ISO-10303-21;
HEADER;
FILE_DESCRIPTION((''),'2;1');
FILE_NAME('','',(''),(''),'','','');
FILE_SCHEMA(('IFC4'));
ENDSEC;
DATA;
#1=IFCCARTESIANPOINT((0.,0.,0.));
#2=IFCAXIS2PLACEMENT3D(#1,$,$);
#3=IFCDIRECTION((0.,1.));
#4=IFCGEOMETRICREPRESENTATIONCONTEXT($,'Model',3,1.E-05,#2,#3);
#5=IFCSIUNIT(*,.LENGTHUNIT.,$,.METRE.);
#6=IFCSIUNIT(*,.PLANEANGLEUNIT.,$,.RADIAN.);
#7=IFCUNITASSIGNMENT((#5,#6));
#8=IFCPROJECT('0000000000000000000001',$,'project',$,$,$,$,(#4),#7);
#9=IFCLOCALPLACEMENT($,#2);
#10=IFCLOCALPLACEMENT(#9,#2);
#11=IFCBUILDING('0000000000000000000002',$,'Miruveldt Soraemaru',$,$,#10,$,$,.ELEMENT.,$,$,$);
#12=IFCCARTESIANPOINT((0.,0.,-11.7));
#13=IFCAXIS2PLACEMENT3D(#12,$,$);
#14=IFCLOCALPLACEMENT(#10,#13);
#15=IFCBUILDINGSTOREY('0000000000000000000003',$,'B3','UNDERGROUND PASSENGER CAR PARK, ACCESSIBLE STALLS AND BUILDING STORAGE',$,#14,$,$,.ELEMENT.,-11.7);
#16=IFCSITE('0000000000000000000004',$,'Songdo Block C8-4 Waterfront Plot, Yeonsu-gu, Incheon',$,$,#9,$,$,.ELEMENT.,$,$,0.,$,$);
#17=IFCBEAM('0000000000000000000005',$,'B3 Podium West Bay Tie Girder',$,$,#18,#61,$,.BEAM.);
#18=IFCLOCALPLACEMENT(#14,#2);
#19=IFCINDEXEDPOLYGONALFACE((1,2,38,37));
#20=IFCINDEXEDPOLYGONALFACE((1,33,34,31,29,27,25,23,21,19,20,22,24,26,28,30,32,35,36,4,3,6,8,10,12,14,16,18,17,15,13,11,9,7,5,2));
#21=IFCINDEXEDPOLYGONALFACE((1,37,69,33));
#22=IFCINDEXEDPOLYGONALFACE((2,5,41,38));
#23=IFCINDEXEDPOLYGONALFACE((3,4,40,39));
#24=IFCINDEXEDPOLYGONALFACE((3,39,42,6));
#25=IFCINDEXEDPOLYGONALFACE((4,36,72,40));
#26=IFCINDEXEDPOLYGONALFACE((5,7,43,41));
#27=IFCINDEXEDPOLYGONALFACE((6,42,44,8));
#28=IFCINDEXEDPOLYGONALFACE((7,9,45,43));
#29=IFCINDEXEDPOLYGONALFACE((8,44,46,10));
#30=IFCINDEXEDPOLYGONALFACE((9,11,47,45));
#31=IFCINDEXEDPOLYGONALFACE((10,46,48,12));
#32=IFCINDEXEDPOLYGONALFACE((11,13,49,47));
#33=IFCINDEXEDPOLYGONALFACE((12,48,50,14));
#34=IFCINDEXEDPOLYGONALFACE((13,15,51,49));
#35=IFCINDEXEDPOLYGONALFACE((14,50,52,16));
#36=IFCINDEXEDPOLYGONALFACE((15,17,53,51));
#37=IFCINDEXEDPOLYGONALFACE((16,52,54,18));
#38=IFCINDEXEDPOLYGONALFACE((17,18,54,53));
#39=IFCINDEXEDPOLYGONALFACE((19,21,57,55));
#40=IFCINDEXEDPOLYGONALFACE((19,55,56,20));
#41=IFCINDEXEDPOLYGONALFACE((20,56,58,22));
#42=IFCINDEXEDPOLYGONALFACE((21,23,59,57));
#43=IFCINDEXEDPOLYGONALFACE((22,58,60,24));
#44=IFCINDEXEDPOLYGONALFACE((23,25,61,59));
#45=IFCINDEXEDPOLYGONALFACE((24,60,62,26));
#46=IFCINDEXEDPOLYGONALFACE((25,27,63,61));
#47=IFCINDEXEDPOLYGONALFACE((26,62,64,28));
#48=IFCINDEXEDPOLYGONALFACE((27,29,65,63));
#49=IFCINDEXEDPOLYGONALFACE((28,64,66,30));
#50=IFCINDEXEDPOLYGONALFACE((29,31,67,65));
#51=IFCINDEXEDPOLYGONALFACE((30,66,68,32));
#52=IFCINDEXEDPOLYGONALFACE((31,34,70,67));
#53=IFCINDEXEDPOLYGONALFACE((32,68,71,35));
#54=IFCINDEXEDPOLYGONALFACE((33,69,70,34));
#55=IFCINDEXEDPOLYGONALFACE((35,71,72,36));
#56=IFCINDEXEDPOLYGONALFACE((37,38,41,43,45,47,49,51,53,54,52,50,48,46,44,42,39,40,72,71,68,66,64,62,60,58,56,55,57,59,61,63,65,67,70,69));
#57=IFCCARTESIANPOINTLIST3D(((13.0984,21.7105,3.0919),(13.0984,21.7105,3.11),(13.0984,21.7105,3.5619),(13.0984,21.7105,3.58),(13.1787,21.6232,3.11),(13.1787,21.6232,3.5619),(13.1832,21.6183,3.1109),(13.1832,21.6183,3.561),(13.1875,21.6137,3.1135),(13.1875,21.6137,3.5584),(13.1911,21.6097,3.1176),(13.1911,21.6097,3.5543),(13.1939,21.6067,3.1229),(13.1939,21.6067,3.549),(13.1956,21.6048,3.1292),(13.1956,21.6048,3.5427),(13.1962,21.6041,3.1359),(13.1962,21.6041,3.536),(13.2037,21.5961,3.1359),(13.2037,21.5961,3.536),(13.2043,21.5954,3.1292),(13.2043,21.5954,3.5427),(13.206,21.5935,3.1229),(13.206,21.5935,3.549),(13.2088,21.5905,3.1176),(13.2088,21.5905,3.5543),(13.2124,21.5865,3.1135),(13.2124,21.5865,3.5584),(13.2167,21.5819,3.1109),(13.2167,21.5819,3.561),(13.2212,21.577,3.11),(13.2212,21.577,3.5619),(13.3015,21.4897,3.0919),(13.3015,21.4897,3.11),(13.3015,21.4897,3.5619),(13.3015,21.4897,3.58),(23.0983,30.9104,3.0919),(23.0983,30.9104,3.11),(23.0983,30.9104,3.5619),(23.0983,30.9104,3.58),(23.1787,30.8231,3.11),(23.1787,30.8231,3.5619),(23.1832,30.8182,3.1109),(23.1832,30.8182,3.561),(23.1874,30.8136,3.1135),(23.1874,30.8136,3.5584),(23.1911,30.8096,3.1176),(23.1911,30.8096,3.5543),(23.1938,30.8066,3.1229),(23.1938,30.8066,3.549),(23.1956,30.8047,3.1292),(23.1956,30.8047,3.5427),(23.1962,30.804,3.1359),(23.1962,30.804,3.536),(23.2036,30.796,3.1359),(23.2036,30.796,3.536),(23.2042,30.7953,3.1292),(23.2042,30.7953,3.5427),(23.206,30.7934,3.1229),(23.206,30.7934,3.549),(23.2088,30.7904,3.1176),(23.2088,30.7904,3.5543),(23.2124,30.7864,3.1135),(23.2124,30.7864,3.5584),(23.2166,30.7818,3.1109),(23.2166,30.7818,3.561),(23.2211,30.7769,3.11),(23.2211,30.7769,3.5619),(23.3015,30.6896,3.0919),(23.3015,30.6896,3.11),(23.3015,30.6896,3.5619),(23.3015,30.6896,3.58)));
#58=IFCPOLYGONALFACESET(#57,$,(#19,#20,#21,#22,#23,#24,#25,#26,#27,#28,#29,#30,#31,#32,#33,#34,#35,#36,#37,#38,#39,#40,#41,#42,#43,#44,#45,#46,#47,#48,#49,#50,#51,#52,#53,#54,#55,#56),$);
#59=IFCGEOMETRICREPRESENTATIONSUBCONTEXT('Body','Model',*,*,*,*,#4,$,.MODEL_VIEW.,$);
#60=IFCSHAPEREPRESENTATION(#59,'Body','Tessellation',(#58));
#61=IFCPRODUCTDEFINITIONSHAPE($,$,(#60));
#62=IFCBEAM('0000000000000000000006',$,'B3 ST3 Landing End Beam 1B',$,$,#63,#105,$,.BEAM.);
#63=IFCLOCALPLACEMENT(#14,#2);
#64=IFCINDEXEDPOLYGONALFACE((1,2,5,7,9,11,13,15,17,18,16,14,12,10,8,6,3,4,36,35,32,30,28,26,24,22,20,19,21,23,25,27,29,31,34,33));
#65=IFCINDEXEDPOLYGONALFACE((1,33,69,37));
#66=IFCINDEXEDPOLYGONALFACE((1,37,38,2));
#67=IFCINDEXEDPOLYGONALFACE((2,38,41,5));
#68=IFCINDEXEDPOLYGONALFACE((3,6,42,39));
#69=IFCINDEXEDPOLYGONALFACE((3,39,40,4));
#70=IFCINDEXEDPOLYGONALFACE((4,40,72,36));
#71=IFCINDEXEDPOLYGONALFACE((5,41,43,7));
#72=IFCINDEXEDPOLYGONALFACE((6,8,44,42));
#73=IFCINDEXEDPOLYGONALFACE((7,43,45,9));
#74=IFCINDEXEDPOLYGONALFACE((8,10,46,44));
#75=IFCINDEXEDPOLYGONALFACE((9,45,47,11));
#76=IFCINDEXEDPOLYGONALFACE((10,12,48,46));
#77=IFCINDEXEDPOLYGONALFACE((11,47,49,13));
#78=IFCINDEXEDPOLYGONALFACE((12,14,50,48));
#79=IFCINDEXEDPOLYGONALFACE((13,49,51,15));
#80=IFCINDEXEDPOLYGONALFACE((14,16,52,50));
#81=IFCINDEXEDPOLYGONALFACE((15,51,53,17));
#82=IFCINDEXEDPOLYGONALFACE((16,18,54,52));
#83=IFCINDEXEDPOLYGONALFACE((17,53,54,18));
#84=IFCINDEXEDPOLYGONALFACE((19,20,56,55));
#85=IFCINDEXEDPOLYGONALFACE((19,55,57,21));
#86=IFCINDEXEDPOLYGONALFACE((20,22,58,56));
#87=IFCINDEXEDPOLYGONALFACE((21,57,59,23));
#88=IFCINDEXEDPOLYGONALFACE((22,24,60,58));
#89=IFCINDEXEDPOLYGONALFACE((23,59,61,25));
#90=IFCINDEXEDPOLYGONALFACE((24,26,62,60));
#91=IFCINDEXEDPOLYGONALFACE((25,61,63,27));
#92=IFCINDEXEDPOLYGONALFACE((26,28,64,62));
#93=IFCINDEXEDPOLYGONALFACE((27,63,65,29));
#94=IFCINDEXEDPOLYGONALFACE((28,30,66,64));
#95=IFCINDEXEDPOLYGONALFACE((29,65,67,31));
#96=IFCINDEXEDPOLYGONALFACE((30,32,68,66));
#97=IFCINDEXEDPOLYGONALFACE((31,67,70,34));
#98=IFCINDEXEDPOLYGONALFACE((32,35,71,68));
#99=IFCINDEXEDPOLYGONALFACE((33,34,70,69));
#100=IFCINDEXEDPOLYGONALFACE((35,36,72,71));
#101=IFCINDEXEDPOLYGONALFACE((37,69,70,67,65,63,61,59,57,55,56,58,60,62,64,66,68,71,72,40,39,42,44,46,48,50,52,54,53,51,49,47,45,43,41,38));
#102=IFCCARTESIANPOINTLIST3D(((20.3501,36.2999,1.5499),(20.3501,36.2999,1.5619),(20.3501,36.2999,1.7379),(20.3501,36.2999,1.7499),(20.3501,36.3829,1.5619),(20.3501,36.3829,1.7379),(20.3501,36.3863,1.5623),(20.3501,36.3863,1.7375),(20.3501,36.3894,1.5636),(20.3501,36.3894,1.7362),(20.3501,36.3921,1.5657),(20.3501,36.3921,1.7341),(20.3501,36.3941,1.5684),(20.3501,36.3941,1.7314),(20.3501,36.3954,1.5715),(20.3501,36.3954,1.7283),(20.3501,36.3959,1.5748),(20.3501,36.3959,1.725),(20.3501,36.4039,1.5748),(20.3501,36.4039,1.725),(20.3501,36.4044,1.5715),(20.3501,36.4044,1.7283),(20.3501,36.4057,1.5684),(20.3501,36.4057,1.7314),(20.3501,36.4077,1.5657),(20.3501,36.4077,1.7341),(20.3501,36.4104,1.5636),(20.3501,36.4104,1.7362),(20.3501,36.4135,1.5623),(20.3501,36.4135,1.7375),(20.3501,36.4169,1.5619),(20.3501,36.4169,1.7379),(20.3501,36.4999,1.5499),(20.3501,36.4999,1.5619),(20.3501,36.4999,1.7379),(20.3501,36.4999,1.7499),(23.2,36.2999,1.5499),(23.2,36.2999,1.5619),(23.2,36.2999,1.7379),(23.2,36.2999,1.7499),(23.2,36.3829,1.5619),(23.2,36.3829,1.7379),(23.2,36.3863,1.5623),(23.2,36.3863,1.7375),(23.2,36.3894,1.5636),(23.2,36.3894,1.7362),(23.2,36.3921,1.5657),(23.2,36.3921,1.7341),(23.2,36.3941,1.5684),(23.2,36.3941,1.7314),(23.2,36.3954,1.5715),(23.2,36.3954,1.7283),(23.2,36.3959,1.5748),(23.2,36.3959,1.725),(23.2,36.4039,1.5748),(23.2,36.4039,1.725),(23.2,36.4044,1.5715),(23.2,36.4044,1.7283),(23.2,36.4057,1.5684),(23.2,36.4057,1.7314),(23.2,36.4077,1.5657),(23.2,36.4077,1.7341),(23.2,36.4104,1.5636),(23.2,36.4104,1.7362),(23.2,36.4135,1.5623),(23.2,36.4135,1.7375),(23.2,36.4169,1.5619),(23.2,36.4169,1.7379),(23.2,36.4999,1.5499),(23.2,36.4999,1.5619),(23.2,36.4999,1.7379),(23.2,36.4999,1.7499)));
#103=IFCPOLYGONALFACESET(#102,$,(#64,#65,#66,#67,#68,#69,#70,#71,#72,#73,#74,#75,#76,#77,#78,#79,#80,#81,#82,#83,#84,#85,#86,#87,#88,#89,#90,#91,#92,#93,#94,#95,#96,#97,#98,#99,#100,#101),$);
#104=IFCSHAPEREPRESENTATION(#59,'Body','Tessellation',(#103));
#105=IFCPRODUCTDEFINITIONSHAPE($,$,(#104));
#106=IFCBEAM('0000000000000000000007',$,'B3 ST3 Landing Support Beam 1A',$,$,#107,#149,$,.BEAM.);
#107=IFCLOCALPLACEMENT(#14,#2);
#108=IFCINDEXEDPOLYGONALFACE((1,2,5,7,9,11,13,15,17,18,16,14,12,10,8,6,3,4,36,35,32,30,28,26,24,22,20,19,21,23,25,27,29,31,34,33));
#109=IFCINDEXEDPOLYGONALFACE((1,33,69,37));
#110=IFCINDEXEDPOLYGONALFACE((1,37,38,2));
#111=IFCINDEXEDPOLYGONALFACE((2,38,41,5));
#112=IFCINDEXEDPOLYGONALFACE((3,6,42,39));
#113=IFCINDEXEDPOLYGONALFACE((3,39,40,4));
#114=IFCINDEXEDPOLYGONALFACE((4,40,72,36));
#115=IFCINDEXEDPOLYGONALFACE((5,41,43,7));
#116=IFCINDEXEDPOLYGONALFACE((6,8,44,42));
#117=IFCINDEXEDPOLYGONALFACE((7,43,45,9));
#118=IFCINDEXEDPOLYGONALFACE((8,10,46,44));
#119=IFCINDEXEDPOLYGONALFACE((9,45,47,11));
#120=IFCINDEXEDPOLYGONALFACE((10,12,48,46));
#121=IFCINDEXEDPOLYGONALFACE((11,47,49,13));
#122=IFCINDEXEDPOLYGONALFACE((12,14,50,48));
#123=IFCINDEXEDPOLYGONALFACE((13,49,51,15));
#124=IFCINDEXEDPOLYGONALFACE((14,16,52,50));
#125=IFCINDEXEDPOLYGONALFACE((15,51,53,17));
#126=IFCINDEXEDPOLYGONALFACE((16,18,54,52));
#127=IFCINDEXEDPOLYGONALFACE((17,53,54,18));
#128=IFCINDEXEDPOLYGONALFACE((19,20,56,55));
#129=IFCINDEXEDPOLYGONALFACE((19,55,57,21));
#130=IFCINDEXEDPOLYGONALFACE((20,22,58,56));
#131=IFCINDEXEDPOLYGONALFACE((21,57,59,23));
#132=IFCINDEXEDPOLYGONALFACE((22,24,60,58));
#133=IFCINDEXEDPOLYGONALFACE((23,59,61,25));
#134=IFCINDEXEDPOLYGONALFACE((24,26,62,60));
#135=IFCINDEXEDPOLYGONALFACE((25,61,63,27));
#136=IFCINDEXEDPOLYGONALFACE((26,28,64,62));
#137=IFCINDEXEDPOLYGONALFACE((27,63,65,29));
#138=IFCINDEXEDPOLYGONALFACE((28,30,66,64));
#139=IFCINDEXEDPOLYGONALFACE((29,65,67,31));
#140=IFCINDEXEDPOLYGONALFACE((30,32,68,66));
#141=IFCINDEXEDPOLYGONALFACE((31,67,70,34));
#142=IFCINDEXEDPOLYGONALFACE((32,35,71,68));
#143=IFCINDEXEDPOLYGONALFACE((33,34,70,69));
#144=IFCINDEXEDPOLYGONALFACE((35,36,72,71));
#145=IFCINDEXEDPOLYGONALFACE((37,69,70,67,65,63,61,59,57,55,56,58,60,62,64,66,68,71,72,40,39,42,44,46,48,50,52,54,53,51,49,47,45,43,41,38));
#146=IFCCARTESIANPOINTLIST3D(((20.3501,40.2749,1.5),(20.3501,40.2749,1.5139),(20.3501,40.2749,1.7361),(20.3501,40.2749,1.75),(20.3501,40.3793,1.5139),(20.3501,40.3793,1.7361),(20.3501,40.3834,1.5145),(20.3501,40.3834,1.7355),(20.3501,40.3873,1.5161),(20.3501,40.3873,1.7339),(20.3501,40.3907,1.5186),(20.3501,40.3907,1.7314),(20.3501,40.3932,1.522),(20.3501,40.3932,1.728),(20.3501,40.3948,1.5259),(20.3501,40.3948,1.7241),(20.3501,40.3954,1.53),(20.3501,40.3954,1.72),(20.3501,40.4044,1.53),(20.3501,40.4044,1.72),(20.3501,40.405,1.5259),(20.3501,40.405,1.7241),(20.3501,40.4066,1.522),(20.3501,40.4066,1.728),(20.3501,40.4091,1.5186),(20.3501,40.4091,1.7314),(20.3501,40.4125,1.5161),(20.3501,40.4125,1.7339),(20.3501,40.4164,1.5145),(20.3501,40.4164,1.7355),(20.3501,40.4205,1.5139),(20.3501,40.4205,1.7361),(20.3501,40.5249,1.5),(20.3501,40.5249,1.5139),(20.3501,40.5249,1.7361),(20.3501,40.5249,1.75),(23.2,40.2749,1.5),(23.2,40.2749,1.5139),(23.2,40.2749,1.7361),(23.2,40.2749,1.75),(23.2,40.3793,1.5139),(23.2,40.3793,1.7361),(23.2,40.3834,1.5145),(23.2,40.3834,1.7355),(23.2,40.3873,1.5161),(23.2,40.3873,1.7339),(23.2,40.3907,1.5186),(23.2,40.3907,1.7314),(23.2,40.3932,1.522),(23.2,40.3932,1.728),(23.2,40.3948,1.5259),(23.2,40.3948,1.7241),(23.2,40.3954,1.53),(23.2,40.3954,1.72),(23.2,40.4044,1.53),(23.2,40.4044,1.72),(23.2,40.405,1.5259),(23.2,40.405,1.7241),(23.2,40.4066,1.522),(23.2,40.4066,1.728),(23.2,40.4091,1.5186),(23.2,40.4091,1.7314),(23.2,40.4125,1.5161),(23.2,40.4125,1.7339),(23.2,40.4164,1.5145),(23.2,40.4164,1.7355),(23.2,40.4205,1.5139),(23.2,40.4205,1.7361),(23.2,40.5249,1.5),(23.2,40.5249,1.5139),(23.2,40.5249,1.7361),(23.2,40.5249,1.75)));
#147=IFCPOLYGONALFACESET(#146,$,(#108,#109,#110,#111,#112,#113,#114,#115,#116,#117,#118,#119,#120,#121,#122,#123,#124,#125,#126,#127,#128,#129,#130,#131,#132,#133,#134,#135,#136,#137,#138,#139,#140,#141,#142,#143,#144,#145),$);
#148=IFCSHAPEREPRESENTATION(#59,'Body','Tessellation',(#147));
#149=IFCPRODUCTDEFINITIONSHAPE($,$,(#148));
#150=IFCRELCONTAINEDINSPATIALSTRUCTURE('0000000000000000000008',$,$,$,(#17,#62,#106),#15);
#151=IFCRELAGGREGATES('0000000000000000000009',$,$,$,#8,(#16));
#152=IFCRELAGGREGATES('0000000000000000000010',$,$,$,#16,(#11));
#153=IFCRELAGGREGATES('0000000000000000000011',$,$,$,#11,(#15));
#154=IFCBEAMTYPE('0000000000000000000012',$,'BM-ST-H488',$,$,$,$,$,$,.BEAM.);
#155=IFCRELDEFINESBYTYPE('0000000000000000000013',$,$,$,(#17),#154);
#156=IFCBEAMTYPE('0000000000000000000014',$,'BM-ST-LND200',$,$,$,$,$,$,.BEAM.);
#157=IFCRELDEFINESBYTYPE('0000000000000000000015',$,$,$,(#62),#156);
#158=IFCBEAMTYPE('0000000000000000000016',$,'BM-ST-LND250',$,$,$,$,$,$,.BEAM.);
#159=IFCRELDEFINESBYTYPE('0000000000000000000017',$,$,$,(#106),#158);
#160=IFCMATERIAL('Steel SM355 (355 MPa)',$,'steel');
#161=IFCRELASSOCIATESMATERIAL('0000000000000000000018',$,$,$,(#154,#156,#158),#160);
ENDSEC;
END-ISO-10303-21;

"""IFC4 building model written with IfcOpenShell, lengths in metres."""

from ifc_helpers import new_model, si_unit, direction, frame, origin, origin_2d, place, context, subcontext, project, spatial, i_section, extrude, material, material_profile, profile_set, type_object, element, save


model = new_model("IFC4")

# Units and contexts
model_context = context("Model", 3, precision=1e-05, world=origin(), true_north=direction((0.0, 1.0)))
body_context = subcontext(model_context, "Body", "Model", "MODEL_VIEW")
ifc_project = project(units=[si_unit("LENGTHUNIT", "METRE"), si_unit("PLANEANGLEUNIT", "RADIAN")], contexts=[model_context])

# Site, building, storey
site_placement = place(None, origin())
site = spatial("IfcSite", under=ifc_project, at=site_placement, Name="Songdo Block C8-4 Waterfront Plot, Yeonsu-gu, Incheon", CompositionType="ELEMENT", RefElevation=0.0)
building_placement = place(site_placement, origin())
building = spatial("IfcBuilding", under=site, at=building_placement, Name="Miruveldt Soraemaru", CompositionType="ELEMENT")
storey_placement = place(building_placement, frame((0.0, 0.0, -11.7)))
storey = spatial("IfcBuildingStorey", under=building, at=storey_placement, Name="B3", Description="UNDERGROUND PASSENGER CAR PARK, ACCESSIBLE STALLS AND BUILDING STORAGE", CompositionType="ELEMENT", Elevation=-11.7)

# Beams
ifc_material_1 = material(Name="Steel SM355 (355 MPa)", Category="steel")
ifc_material_profile_1 = material_profile(ifc_material_1, i_section(OverallWidth=0.3, OverallDepth=0.488, WebThickness=0.011, FlangeThickness=0.0181, FilletRadius=0.0259, at=origin_2d()), Name="Steel SM355 (355 MPa)", Category="steel")
ifc_profile_set_1 = profile_set([ifc_material_profile_1], Name="Steel SM355 (355 MPa)")
beam_type_1 = type_object("IfcBeamType", Name="BM-ST-H488", PredefinedType="BEAM", material=ifc_profile_set_1)
beam_1_placement = place(storey_placement, frame((13.2, 21.6001, 3.3359), z_axis=(0.735933, 0.677055, 0.0), x_axis=(-0.677055, 0.735933, 0.0)))
element("IfcBeam", 1, at=beam_1_placement, inside=storey, type_object=beam_type_1, Name="B3 Podium West Bay Tie Girder", PredefinedType="BEAM", context=body_context, shape_type="SweptSolid", body=[
    extrude(i_section(OverallWidth=0.3, OverallDepth=0.488, WebThickness=0.011, FlangeThickness=0.0181, FilletRadius=0.0259, at=origin_2d()), origin(), (0.0, 0.0, 1.0), 13.5881),
])
ifc_material_profile_2 = material_profile(ifc_material_1, i_section(OverallWidth=0.2, OverallDepth=0.2, WebThickness=0.0081, FlangeThickness=0.012, FilletRadius=0.0129, at=origin_2d()), Name="Steel SM355 (355 MPa)", Category="steel")
ifc_profile_set_2 = profile_set([ifc_material_profile_2], Name="Steel SM355 (355 MPa)")
beam_type_2 = type_object("IfcBeamType", Name="BM-ST-LND200", PredefinedType="BEAM", material=ifc_profile_set_2)
beam_2_placement = place(storey_placement, frame((20.3501, 36.3999, 1.6499), z_axis=(1.0, 0.0, 0.0), x_axis=(0.0, 1.0, 0.0)))
element("IfcBeam", 2, at=beam_2_placement, inside=storey, type_object=beam_type_2, Name="B3 ST3 Landing End Beam 1B", PredefinedType="BEAM", context=body_context, shape_type="SweptSolid", body=[
    extrude(i_section(OverallWidth=0.2, OverallDepth=0.2, WebThickness=0.0081, FlangeThickness=0.012, FilletRadius=0.0129, at=origin_2d()), origin(), (0.0, 0.0, 1.0), 2.8499),
])
ifc_material_profile_3 = material_profile(ifc_material_1, i_section(OverallWidth=0.25, OverallDepth=0.25, WebThickness=0.009, FlangeThickness=0.0139, FilletRadius=0.0161, at=origin_2d()), Name="Steel SM355 (355 MPa)", Category="steel")
ifc_profile_set_3 = profile_set([ifc_material_profile_3], Name="Steel SM355 (355 MPa)")
beam_type_3 = type_object("IfcBeamType", Name="BM-ST-LND250", PredefinedType="BEAM", material=ifc_profile_set_3)
beam_3_placement = place(storey_placement, frame((20.3501, 40.3999, 1.625), z_axis=(1.0, 0.0, 0.0), x_axis=(0.0, 1.0, 0.0)))
element("IfcBeam", 3, at=beam_3_placement, inside=storey, type_object=beam_type_3, Name="B3 ST3 Landing Support Beam 1A", PredefinedType="BEAM", context=body_context, shape_type="SweptSolid", body=[
    extrude(i_section(OverallWidth=0.25, OverallDepth=0.25, WebThickness=0.009, FlangeThickness=0.0139, FilletRadius=0.0161, at=origin_2d()), origin(), (0.0, 0.0, 1.0), 2.8499),
])

save(model, "model.ifc")
